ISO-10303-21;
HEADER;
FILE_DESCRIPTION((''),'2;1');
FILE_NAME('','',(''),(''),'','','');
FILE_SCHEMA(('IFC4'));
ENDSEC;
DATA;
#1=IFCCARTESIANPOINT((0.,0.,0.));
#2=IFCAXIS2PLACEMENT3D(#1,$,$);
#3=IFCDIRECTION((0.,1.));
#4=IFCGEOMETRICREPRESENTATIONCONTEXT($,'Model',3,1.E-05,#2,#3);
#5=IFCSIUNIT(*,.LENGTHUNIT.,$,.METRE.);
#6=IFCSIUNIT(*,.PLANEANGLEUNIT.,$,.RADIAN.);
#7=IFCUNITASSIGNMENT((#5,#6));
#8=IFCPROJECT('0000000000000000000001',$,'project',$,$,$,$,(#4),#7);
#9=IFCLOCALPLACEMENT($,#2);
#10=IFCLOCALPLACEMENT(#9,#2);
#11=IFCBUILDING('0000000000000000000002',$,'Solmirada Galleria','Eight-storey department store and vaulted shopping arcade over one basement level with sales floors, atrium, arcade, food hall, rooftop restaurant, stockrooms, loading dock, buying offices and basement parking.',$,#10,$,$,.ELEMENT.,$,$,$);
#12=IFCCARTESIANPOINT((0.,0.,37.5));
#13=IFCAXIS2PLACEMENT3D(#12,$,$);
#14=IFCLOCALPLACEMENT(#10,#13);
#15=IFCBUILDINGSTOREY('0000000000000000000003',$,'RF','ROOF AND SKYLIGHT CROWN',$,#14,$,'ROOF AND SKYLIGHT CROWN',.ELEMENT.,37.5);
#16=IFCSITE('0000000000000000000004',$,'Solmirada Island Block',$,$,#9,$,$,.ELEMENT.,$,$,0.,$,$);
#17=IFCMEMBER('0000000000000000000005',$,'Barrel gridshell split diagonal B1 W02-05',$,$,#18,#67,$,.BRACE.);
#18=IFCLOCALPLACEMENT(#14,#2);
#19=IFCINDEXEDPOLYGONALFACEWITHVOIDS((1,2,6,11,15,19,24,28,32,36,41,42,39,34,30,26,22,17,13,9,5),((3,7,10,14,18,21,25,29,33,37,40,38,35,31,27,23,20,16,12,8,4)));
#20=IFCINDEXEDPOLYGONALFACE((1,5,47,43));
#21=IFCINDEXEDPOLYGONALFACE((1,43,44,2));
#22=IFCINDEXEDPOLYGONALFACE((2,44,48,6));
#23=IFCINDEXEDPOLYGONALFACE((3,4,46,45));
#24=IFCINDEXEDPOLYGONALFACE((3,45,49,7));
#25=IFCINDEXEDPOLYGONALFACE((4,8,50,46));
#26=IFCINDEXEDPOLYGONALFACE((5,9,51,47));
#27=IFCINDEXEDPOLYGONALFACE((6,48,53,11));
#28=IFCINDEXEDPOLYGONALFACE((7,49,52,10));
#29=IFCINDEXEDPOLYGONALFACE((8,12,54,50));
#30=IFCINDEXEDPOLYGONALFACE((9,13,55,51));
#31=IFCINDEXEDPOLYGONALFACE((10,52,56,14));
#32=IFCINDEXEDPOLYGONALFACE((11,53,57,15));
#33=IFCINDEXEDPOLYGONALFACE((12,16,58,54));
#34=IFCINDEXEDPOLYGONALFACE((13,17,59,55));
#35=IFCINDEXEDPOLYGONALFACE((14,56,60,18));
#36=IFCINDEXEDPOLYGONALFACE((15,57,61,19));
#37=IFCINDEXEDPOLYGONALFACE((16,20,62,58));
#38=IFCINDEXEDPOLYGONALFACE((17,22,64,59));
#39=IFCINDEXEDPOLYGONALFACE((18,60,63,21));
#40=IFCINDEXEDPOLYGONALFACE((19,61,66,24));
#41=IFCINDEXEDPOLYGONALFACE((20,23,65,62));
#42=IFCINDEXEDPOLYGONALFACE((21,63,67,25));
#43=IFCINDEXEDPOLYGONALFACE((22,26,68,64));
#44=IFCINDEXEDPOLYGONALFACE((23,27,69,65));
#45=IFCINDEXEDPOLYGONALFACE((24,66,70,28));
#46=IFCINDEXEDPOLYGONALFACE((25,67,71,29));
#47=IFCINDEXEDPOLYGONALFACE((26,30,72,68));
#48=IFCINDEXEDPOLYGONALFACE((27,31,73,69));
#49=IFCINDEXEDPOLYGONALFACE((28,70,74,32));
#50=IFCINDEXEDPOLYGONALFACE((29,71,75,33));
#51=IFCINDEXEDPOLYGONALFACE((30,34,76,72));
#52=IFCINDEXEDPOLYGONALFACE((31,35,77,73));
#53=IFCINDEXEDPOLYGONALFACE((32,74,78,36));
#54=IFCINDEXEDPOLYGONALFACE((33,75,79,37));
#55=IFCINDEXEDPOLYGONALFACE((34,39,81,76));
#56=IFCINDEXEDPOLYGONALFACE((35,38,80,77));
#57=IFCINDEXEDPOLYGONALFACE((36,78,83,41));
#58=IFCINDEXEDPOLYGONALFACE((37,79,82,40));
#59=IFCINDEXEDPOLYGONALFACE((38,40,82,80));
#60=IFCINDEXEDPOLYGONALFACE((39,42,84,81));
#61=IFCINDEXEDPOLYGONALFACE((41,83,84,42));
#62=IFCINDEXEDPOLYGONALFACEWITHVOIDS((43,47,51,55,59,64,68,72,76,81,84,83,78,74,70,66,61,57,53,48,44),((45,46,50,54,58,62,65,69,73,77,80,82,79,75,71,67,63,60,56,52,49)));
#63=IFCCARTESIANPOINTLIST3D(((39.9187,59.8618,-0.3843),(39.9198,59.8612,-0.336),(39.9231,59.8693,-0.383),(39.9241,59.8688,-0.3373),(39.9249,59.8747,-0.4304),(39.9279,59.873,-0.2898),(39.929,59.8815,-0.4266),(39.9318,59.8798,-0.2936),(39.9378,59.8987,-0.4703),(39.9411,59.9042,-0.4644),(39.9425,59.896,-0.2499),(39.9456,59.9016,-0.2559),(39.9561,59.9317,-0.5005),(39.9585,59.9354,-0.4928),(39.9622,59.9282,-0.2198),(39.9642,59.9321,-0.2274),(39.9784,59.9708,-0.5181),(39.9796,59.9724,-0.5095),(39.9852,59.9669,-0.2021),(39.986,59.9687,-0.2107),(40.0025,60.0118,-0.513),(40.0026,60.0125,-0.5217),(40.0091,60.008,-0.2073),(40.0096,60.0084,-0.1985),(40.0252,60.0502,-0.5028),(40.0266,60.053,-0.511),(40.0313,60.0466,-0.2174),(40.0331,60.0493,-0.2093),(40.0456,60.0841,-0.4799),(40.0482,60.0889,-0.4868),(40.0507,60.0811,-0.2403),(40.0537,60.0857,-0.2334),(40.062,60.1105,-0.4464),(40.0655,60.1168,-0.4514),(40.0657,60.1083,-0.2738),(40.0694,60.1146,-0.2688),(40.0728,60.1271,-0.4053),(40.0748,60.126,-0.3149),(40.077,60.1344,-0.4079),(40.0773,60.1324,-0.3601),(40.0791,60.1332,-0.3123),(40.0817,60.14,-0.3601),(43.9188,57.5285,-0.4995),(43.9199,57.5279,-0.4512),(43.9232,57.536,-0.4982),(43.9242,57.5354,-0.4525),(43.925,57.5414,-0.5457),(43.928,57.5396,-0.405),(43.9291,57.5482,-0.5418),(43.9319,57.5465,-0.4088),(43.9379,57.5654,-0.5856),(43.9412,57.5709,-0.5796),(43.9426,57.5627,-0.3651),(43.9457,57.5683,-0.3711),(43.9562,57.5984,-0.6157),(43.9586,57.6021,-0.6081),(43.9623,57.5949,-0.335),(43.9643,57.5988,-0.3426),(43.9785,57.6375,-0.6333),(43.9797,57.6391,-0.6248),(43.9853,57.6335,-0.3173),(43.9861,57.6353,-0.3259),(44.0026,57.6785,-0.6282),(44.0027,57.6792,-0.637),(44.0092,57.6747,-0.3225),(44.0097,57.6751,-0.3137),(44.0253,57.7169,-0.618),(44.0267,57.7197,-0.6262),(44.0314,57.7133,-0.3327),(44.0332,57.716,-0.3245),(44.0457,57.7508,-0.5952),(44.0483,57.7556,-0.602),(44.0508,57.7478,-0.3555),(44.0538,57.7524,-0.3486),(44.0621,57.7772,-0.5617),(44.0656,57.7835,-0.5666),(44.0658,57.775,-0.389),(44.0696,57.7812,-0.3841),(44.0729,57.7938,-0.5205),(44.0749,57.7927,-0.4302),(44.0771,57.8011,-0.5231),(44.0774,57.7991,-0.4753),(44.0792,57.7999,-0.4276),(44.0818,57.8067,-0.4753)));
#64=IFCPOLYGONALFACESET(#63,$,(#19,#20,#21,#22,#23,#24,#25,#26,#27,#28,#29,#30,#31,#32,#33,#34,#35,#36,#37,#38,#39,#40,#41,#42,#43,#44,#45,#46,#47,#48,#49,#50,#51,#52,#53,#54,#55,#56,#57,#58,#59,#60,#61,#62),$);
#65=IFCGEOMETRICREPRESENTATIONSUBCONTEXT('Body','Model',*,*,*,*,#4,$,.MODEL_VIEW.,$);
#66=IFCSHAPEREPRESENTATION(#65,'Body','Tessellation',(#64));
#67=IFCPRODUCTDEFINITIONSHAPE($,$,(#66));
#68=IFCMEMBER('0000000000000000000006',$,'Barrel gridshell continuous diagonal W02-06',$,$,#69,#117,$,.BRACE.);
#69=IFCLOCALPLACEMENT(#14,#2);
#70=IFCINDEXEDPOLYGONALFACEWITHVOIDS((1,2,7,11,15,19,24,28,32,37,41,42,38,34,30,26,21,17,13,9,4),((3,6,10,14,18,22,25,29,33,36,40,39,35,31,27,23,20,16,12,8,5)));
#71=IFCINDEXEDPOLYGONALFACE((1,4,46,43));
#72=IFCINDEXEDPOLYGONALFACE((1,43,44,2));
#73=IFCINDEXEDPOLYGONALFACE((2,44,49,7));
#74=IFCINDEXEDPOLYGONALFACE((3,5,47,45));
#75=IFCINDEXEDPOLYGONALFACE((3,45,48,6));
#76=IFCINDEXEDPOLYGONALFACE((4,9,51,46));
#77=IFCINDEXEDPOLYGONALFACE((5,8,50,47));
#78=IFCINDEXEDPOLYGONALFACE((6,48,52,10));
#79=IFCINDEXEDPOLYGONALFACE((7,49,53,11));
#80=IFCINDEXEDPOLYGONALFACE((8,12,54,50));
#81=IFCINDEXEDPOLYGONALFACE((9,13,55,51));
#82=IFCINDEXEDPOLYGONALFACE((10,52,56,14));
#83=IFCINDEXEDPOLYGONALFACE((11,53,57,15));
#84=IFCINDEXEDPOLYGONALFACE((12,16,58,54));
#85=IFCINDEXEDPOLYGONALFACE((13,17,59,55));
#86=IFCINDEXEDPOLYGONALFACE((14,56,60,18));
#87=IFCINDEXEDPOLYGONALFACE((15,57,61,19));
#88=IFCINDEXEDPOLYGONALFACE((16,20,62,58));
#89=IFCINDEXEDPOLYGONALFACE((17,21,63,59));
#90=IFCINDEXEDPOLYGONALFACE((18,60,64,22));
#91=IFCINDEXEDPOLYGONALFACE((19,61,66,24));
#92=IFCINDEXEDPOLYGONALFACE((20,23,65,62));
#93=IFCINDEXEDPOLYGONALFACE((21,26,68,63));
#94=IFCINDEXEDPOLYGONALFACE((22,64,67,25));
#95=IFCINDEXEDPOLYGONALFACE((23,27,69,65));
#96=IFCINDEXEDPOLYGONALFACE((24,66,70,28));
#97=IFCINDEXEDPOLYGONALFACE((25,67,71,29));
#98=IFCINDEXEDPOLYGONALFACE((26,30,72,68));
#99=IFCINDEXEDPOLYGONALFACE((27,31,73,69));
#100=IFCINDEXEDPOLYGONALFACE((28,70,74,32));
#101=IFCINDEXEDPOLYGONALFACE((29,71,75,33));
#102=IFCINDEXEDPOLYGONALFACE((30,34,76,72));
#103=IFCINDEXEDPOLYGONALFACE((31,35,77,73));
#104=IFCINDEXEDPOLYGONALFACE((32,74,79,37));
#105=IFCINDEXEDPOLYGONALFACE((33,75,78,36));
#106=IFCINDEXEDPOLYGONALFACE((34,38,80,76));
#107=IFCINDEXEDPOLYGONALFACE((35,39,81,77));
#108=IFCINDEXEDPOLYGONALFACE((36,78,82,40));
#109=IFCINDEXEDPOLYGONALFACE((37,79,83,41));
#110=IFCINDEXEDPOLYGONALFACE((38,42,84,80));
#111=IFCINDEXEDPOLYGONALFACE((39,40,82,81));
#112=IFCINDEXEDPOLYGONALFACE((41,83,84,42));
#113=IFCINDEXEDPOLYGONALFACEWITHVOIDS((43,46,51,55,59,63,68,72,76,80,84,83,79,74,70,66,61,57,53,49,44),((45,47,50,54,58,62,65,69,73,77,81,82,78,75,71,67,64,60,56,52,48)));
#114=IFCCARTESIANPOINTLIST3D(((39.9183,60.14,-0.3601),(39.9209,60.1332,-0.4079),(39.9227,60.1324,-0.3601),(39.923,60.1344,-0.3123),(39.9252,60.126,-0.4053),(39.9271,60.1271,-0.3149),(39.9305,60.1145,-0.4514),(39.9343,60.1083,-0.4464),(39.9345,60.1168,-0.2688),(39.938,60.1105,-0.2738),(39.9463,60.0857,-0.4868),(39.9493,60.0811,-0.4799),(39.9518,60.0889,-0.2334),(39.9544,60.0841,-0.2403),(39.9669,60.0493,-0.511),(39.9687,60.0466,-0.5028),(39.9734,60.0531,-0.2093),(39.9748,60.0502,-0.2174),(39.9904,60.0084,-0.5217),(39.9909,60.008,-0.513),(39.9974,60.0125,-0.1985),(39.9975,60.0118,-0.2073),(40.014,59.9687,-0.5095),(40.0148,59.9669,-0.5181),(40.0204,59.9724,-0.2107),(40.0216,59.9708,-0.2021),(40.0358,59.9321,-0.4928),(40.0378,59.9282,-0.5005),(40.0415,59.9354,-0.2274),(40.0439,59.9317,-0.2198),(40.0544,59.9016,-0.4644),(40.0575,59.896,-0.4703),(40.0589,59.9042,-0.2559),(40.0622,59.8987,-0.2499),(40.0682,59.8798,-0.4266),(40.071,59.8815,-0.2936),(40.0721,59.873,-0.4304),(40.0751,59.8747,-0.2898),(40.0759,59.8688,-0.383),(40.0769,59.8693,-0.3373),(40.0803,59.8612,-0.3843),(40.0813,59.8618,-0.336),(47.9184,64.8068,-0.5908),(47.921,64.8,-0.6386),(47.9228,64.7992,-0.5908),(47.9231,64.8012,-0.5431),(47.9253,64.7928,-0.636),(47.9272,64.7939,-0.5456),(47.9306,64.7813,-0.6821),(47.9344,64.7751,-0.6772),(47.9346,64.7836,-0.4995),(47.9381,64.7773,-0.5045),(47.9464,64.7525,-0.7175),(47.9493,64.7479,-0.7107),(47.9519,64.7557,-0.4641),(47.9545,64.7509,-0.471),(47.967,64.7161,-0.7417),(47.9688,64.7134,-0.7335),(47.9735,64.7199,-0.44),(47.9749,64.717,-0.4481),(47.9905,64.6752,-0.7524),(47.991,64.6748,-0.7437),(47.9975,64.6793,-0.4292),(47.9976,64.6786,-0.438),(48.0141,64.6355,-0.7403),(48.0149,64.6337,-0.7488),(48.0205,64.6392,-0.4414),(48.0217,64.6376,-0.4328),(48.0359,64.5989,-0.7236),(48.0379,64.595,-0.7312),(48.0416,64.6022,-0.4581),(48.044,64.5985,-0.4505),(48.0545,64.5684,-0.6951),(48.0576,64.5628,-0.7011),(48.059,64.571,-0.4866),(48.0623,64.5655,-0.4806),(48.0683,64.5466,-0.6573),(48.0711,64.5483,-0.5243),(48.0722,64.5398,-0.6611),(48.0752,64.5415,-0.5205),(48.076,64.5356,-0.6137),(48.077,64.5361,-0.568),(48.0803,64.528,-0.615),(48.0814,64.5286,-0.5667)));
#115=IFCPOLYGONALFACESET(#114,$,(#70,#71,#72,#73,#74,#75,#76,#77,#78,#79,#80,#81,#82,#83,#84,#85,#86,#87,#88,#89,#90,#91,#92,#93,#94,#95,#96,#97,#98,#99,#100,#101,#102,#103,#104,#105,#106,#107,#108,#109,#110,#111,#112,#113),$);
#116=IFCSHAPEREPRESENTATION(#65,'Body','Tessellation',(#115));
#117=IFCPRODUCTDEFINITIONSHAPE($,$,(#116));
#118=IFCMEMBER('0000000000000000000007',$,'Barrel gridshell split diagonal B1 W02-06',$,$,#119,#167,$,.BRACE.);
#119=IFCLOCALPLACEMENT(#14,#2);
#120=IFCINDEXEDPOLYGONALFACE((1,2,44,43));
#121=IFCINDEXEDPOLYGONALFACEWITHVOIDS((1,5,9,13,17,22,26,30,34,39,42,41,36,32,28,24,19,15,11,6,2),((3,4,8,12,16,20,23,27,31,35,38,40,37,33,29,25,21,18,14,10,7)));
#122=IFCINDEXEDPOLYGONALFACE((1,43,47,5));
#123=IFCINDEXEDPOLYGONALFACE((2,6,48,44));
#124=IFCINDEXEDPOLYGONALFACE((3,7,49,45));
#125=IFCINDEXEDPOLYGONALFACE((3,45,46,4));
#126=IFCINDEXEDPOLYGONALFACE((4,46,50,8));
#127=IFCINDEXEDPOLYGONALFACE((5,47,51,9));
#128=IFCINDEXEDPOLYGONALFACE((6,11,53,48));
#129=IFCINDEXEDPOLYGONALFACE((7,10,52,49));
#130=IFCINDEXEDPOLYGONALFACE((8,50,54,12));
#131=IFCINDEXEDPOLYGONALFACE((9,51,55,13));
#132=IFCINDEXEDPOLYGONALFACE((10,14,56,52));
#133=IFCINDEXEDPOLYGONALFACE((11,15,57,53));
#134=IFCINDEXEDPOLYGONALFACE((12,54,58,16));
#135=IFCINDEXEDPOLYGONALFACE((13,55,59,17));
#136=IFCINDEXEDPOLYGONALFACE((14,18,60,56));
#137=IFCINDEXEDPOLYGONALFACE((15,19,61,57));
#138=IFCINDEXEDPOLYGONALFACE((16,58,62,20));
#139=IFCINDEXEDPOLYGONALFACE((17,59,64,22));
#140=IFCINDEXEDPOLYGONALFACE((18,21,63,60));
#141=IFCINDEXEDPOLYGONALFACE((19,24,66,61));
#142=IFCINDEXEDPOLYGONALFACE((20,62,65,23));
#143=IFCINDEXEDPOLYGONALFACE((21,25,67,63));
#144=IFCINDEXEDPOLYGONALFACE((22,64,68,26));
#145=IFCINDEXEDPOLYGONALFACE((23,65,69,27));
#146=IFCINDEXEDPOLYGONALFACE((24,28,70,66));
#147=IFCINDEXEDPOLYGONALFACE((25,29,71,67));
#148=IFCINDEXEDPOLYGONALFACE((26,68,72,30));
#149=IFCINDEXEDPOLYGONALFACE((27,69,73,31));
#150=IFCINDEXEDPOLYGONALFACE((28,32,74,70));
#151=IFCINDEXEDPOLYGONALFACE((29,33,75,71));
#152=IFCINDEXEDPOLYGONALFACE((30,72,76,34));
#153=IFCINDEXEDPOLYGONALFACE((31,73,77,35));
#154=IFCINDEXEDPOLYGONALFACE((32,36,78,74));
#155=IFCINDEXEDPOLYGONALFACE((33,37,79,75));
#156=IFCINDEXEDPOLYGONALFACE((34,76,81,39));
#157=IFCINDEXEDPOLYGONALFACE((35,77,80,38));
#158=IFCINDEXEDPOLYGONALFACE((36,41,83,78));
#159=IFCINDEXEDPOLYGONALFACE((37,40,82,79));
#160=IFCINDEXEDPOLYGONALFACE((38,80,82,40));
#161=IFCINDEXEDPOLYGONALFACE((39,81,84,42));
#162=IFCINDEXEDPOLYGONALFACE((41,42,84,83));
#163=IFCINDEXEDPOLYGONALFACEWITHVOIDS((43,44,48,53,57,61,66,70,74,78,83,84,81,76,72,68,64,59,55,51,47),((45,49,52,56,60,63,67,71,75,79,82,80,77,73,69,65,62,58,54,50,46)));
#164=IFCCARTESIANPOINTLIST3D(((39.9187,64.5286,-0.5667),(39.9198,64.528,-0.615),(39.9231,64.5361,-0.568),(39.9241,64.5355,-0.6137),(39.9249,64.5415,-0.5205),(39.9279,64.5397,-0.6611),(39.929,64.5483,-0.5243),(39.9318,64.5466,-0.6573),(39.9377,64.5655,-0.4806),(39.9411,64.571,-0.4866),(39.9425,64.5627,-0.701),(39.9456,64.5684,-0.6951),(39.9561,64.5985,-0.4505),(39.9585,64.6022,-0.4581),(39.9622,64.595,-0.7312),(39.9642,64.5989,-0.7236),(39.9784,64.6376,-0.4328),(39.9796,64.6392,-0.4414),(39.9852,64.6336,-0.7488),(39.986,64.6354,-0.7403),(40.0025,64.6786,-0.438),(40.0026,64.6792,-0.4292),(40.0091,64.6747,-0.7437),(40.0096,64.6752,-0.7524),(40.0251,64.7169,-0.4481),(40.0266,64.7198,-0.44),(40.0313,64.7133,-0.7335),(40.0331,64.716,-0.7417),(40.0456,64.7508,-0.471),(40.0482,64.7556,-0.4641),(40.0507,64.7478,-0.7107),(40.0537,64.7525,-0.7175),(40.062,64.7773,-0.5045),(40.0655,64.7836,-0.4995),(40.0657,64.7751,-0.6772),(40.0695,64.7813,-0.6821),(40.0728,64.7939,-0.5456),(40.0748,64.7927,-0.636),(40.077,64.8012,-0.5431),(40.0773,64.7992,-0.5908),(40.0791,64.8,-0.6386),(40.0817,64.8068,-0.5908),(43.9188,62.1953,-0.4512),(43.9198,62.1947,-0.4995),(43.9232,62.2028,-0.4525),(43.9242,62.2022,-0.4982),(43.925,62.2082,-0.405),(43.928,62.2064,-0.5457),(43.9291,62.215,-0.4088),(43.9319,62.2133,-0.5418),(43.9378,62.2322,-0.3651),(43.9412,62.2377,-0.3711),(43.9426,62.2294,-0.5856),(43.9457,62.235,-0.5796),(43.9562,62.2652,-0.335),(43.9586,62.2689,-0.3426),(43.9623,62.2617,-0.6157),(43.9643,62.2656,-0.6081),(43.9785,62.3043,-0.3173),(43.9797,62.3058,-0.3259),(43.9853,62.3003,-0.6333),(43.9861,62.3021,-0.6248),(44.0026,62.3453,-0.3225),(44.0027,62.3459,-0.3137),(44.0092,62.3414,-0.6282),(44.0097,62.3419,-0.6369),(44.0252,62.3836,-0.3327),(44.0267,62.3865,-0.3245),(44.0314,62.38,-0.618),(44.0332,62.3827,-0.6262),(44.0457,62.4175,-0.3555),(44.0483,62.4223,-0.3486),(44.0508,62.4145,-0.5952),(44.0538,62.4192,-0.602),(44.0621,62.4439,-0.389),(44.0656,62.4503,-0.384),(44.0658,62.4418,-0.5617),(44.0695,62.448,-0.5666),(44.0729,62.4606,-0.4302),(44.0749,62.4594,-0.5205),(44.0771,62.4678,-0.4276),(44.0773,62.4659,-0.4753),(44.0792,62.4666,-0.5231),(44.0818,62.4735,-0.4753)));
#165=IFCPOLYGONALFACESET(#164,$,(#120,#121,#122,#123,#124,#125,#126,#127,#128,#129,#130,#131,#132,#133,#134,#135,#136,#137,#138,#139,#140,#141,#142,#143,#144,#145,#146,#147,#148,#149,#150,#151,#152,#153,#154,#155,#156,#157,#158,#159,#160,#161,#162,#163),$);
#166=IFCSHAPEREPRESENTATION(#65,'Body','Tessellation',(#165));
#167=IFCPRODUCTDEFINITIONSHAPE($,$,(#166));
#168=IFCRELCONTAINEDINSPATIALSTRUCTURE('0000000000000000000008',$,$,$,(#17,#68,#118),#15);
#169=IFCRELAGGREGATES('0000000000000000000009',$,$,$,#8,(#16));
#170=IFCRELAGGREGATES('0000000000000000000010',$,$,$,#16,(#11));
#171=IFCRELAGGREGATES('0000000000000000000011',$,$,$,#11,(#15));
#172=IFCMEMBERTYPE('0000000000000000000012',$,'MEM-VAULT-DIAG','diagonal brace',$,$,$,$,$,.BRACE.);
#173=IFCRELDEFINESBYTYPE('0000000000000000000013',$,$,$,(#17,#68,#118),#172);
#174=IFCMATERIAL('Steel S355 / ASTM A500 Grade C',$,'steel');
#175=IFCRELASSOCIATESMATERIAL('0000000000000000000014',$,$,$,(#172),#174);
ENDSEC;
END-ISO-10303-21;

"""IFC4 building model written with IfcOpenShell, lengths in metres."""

from ifc_helpers import new_model, si_unit, direction, frame, origin, origin_2d, place, context, subcontext, project, spatial, hollow_circle, extrude, material, material_profile, profile_set, type_object, element, save


model = new_model("IFC4")

# Units and contexts
model_context = context("Model", 3, precision=1e-05, world=origin(), true_north=direction((0.0, 1.0)))
body_context = subcontext(model_context, "Body", "Model", "MODEL_VIEW")
ifc_project = project(units=[si_unit("LENGTHUNIT", "METRE"), si_unit("PLANEANGLEUNIT", "RADIAN")], contexts=[model_context])

# Site, building, storey
site_placement = place(None, origin())
site = spatial("IfcSite", under=ifc_project, at=site_placement, Name="Solmirada Island Block", CompositionType="ELEMENT", RefElevation=0.0)
building_placement = place(site_placement, origin())
building = spatial("IfcBuilding", under=site, at=building_placement, Name="Solmirada Galleria", Description="Eight-storey department store and vaulted shopping arcade over one basement level with sales floors, atrium, arcade, food hall, rooftop restaurant, stockrooms, loading dock, buying offices and basement parking.", CompositionType="ELEMENT")
storey_placement = place(building_placement, frame((0.0, 0.0, 37.5)))
storey = spatial("IfcBuildingStorey", under=building, at=storey_placement, Name="RF", Description="ROOF AND SKYLIGHT CROWN", LongName="ROOF AND SKYLIGHT CROWN", CompositionType="ELEMENT", Elevation=37.5)

# Members
ifc_material_1 = material(Name="Steel S355 / ASTM A500 Grade C", Category="steel")
ifc_material_profile_1 = material_profile(ifc_material_1, hollow_circle(Radius=0.1621, WallThickness=0.0088, at=origin_2d()), Name="HSS12.750X0.375")
ifc_profile_set_1 = profile_set([ifc_material_profile_1], Name="Steel S355 / ASTM A500 Grade C")
member_type_1 = type_object("IfcMemberType", Name="MEM-VAULT-DIAG", Description="diagonal brace", PredefinedType="BRACE", material=ifc_profile_set_1)
member_1_placement = place(storey_placement, frame((40.0, 60.0, -0.3601), z_axis=(0.863519, -0.503702, -0.024877), x_axis=(0.503858, 0.863787, 0.0)))
element("IfcMember", 1, at=member_1_placement, inside=storey, type_object=member_type_1, Name="Barrel gridshell split diagonal B1 W02-05", PredefinedType="BRACE", context=body_context, shape_type="SweptSolid", body=[
    extrude(hollow_circle(Radius=0.1621, WallThickness=0.0088, at=origin_2d()), origin(), (0.0, 0.0, 1.0), 4.6323),
])
member_2_placement = place(storey_placement, frame((40.0, 60.0, -0.3601), z_axis=(0.863507, 0.503721, -0.024903), x_axis=(-0.503878, 0.863775, 0.0)))
element("IfcMember", 2, at=member_2_placement, inside=storey, type_object=member_type_1, Name="Barrel gridshell continuous diagonal W02-06", PredefinedType="BRACE", context=body_context, shape_type="SweptSolid", body=[
    extrude(hollow_circle(Radius=0.1621, WallThickness=0.0088, at=origin_2d()), origin(), (0.0, 0.0, 1.0), 9.2646),
])
for number, where, z_axis, x_axis, name in (
    (3, (40.0, 64.6667, -0.5908), (0.863518, -0.503701, 0.024929), (0.503858, 0.863787, 0.0), "Barrel gridshell split diagonal B1 W02-06"),
):
    element("IfcMember", number, at=place(storey_placement, frame(where, z_axis=z_axis, x_axis=x_axis)), inside=storey, type_object=member_type_1, Name=name, PredefinedType="BRACE", context=body_context, shape_type="SweptSolid", body=[
        extrude(hollow_circle(Radius=0.1621, WallThickness=0.0088, at=origin_2d()), origin(), (0.0, 0.0, 1.0), 4.6323),
    ])

save(model, "model.ifc")
